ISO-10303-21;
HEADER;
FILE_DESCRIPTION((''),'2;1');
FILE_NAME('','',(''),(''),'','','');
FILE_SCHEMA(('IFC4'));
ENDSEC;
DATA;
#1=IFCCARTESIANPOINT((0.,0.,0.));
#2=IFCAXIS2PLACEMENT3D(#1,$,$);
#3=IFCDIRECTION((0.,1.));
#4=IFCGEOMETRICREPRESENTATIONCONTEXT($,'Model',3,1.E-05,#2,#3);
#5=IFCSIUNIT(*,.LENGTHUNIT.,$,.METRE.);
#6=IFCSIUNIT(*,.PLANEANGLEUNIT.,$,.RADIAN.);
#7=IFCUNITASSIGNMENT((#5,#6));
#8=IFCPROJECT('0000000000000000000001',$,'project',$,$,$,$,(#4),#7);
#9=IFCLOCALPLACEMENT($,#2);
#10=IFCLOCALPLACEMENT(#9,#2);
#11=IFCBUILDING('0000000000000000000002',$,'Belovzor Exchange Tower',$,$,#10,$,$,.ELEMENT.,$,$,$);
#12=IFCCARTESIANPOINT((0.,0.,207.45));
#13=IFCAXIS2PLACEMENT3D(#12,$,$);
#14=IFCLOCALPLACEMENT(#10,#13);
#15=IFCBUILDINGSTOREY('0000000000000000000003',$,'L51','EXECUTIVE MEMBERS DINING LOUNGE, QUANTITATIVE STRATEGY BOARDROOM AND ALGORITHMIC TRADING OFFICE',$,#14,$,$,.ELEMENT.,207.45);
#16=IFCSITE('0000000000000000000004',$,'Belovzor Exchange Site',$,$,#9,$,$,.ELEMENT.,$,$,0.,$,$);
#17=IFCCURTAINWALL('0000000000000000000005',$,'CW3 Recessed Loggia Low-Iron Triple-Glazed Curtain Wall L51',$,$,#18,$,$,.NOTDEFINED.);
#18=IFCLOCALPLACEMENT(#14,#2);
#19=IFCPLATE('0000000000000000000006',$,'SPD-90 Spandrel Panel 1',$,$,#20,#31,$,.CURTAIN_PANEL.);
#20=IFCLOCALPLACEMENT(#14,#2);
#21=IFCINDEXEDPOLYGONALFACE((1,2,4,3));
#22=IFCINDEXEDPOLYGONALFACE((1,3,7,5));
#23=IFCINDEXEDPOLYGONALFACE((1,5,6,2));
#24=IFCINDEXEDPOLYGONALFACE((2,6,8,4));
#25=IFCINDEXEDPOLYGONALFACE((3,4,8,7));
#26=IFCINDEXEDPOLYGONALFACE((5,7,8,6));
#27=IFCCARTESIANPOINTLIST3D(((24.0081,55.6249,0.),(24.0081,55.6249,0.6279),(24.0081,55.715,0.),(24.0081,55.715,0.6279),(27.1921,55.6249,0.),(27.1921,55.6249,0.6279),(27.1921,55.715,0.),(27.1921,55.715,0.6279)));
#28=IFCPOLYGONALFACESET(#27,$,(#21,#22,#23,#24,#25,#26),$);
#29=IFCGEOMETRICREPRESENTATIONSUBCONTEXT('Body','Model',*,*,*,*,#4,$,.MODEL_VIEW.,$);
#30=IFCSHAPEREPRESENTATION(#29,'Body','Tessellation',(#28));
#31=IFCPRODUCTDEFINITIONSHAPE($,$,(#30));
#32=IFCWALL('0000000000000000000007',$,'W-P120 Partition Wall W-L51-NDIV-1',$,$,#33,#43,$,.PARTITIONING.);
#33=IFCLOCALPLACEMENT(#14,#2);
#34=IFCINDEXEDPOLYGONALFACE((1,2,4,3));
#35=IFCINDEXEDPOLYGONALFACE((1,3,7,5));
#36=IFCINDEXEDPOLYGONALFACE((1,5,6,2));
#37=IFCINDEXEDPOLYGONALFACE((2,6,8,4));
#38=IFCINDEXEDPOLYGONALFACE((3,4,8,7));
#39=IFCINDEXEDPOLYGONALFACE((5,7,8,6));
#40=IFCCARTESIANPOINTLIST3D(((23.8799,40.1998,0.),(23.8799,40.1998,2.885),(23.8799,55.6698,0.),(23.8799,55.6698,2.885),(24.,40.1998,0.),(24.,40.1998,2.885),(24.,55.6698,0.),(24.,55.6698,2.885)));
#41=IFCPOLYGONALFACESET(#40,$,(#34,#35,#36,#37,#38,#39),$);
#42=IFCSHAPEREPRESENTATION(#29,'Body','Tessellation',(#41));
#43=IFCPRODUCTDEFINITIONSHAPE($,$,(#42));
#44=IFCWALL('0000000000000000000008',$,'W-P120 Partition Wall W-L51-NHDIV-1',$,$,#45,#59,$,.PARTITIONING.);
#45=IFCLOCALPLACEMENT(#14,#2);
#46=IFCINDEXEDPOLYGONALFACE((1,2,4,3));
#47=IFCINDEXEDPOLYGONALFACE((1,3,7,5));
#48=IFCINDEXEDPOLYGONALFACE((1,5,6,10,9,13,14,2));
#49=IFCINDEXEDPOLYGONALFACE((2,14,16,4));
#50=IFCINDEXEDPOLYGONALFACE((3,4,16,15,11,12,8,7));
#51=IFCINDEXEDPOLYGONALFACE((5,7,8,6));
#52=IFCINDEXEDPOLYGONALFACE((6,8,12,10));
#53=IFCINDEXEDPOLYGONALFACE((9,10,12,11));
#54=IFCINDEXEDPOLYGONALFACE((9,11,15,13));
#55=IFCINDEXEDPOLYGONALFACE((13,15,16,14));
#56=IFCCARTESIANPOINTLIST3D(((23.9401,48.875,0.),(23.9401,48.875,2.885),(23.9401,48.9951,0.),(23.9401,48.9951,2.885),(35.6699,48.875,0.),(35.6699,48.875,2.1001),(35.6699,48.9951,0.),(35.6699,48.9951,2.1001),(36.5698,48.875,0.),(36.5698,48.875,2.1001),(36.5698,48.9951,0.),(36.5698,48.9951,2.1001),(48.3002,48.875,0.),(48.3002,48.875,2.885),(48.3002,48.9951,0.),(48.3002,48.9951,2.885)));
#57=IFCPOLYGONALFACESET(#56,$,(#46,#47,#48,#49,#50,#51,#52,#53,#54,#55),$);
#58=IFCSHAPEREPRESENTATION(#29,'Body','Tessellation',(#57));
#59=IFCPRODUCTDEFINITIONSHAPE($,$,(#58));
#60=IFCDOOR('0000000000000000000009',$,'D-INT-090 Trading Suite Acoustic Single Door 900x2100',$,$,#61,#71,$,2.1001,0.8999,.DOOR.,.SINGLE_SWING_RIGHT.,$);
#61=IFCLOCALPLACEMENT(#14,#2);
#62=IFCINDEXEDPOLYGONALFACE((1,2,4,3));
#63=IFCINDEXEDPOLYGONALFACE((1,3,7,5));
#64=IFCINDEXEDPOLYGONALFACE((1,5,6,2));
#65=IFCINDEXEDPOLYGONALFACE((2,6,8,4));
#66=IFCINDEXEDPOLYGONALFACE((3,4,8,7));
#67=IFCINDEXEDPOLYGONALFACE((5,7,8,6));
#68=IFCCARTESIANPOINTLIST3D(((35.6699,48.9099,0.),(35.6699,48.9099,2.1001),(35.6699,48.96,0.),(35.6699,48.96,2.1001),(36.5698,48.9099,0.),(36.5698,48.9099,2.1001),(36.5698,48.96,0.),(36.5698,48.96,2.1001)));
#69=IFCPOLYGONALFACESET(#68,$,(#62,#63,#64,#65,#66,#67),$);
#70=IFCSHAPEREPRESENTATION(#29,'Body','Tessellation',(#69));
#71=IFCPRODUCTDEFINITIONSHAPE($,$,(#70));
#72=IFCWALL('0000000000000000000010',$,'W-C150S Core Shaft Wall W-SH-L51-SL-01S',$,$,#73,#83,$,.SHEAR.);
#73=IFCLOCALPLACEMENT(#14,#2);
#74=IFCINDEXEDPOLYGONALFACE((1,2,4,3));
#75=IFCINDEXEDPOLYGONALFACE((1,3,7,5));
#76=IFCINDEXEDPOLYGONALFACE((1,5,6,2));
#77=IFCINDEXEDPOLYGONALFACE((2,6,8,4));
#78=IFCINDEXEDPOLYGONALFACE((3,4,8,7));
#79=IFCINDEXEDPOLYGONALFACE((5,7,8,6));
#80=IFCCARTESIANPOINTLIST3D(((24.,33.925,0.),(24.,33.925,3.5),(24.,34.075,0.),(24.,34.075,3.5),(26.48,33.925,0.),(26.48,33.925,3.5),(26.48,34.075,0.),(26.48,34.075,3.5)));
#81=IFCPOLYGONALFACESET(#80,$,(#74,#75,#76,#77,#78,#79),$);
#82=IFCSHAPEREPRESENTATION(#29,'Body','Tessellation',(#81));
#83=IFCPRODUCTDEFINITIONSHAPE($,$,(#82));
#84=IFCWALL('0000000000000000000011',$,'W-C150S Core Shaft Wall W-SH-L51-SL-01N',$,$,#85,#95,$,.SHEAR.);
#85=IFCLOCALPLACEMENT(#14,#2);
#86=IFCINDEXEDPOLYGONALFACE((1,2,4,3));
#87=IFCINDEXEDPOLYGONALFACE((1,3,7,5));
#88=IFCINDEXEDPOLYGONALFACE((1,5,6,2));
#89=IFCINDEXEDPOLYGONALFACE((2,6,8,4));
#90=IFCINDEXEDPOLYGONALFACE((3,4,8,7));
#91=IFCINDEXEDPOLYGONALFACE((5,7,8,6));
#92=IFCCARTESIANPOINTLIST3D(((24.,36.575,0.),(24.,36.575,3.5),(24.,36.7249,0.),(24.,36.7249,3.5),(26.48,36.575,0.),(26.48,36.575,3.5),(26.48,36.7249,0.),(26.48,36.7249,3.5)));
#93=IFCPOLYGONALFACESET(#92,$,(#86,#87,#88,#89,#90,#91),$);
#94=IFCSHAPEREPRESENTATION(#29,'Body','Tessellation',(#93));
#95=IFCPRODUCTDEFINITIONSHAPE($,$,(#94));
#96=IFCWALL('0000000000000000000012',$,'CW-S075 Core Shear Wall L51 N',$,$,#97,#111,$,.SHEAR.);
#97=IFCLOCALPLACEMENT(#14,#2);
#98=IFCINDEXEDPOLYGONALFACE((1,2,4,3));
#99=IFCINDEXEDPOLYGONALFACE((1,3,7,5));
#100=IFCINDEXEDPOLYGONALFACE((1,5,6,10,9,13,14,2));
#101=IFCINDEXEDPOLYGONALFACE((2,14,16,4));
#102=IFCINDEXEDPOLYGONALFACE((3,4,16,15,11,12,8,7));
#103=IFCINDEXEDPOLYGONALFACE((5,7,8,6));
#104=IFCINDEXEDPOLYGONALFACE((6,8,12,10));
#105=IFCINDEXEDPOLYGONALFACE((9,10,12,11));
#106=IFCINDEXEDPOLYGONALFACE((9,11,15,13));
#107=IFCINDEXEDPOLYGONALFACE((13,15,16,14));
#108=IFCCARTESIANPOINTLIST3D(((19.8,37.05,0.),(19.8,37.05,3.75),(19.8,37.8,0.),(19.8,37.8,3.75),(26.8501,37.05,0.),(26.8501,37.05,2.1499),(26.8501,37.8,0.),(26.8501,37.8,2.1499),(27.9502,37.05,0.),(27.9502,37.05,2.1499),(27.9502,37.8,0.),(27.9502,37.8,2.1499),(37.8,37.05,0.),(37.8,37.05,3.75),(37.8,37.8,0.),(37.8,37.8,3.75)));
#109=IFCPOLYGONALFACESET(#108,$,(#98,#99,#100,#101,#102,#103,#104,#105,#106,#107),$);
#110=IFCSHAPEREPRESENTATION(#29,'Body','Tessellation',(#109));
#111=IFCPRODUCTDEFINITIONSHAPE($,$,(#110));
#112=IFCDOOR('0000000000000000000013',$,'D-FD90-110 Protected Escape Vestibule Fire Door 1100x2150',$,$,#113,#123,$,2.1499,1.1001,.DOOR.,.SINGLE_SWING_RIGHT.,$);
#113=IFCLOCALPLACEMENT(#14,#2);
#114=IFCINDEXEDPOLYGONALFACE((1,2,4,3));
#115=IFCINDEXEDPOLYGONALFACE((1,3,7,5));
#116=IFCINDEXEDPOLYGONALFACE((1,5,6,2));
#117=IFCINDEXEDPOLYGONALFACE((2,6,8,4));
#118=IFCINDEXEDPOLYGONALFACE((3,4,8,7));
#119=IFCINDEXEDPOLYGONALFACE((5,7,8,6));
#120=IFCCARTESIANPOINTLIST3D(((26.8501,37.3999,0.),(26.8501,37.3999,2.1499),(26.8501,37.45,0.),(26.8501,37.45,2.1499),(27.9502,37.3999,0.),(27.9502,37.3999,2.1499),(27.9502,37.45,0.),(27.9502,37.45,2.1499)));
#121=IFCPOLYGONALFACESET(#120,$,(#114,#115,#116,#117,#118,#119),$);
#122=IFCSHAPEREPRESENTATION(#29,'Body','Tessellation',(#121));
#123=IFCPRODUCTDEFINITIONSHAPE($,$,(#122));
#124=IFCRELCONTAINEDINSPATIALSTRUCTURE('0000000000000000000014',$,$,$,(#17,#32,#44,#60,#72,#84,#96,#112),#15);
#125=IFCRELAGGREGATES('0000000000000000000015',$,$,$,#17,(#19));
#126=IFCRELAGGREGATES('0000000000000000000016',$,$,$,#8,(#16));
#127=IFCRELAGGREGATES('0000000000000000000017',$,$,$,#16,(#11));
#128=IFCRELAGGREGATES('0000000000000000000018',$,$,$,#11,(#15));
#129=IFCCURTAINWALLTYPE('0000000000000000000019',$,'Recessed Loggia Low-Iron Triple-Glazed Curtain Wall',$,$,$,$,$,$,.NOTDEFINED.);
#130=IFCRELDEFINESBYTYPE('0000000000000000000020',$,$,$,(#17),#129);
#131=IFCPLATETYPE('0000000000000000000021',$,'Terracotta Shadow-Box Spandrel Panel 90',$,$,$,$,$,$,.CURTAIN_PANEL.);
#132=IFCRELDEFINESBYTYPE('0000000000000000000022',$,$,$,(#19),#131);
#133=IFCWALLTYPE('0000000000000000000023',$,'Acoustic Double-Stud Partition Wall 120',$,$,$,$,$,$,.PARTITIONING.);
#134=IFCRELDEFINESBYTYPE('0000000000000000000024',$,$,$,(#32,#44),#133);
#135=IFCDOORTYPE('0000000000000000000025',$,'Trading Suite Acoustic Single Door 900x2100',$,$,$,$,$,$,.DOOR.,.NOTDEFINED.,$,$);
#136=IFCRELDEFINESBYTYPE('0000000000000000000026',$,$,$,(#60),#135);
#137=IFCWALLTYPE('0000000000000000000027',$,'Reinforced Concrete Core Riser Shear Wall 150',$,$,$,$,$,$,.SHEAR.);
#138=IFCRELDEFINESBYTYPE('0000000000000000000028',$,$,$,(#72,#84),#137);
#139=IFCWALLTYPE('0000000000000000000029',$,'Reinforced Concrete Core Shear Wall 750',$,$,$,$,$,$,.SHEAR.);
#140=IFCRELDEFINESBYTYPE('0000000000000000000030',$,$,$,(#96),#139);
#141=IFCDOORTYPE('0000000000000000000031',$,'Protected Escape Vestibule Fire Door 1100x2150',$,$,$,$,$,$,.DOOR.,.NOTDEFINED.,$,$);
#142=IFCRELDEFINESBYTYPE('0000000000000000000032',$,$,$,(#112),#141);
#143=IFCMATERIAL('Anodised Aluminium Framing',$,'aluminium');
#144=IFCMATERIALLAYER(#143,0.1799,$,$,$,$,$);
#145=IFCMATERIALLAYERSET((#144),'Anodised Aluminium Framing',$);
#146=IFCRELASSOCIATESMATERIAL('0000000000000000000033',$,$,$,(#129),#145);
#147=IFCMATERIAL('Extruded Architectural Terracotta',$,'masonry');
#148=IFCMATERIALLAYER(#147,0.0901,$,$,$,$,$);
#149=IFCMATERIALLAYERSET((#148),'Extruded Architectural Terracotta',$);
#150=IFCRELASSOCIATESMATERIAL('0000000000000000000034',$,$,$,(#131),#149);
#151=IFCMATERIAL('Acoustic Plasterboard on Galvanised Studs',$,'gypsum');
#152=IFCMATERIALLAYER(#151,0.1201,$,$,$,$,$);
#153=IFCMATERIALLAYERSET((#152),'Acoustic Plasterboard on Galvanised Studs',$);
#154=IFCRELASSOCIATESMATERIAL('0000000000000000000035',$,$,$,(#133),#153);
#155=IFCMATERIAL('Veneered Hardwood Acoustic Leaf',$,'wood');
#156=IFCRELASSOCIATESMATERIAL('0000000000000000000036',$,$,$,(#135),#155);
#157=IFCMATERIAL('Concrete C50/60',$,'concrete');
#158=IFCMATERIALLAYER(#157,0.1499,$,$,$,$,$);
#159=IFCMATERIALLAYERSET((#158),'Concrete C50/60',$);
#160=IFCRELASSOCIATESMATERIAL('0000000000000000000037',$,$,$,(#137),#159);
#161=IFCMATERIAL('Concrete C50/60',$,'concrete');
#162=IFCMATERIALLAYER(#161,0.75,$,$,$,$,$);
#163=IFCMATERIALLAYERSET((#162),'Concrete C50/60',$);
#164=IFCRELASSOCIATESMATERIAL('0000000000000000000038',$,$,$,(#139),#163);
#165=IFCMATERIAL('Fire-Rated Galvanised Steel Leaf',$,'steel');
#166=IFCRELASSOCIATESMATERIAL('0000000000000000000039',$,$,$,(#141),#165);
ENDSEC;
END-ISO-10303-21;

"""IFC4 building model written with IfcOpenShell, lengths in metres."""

from ifc_helpers import new_model, si_unit, direction, frame, frame_2d, origin, origin_2d, place, context, subcontext, project, spatial, rectangle, extrude, material, layer, layer_set, type_object, element, fill, aggregate, save


model = new_model("IFC4")

# Units and contexts
model_context = context("Model", 3, precision=1e-05, world=origin(), true_north=direction((0.0, 1.0)))
body_context = subcontext(model_context, "Body", "Model", "MODEL_VIEW")
ifc_project = project(units=[si_unit("LENGTHUNIT", "METRE"), si_unit("PLANEANGLEUNIT", "RADIAN")], contexts=[model_context])

# Site, building, storey
site_placement = place(None, origin())
site = spatial("IfcSite", under=ifc_project, at=site_placement, Name="Belovzor Exchange Site", CompositionType="ELEMENT", RefElevation=0.0)
building_placement = place(site_placement, origin())
building = spatial("IfcBuilding", under=site, at=building_placement, Name="Belovzor Exchange Tower", CompositionType="ELEMENT")
storey_placement = place(building_placement, frame((0.0, 0.0, 207.45)))
storey = spatial("IfcBuildingStorey", under=building, at=storey_placement, Name="L51", Description="EXECUTIVE MEMBERS DINING LOUNGE, QUANTITATIVE STRATEGY BOARDROOM AND ALGORITHMIC TRADING OFFICE", CompositionType="ELEMENT", Elevation=207.45)

# Curtain wall
ifc_material_1 = material(Name="Anodised Aluminium Framing", Category="aluminium")
ifc_layer_1 = layer(ifc_material_1, 0.1799)
ifc_layer_set_1 = layer_set([ifc_layer_1], Name="Anodised Aluminium Framing")
curtain_wall_type = type_object("IfcCurtainWallType", Name="Recessed Loggia Low-Iron Triple-Glazed Curtain Wall", PredefinedType="NOTDEFINED", material=ifc_layer_set_1)
curtain_wall_placement = place(storey_placement, origin())
curtain_wall = element("IfcCurtainWall", 1, at=curtain_wall_placement, inside=storey, type_object=curtain_wall_type, Name="CW3 Recessed Loggia Low-Iron Triple-Glazed Curtain Wall L51", PredefinedType="NOTDEFINED")

# Plate
ifc_material_2 = material(Name="Extruded Architectural Terracotta", Category="masonry")
ifc_layer_2 = layer(ifc_material_2, 0.0901)
ifc_layer_set_2 = layer_set([ifc_layer_2], Name="Extruded Architectural Terracotta")
plate_type_1 = type_object("IfcPlateType", Name="Terracotta Shadow-Box Spandrel Panel 90", PredefinedType="CURTAIN_PANEL", material=ifc_layer_set_2)
plate_1_placement = place(storey_placement, frame((25.6001, 55.6699, 0.0), z_axis=(0.0, 0.0, 1.0), x_axis=(1.0, 0.0, 0.0)))
plate_1 = element("IfcPlate", 2, at=plate_1_placement, type_object=plate_type_1, Name="SPD-90 Spandrel Panel 1", PredefinedType="CURTAIN_PANEL", context=body_context, shape_type="SweptSolid", body=[
    extrude(rectangle(XDim=3.1841, YDim=0.0901, at=origin_2d()), origin(), (0.0, 0.0, 1.0), 0.6279),
])
aggregate(curtain_wall, [plate_1])

# Wall
ifc_material_3 = material(Name="Acoustic Plasterboard on Galvanised Studs", Category="gypsum")
ifc_layer_3 = layer(ifc_material_3, 0.1201)
ifc_layer_set_3 = layer_set([ifc_layer_3], Name="Acoustic Plasterboard on Galvanised Studs")
wall_type_1 = type_object("IfcWallType", Name="Acoustic Double-Stud Partition Wall 120", PredefinedType="PARTITIONING", material=ifc_layer_set_3)
wall_1_placement = place(storey_placement, frame((23.9399, 40.2, 0.0), z_axis=(0.0, 0.0, 1.0), x_axis=(0.0, 1.0, 0.0)))
element("IfcWall", 3, at=wall_1_placement, inside=storey, type_object=wall_type_1, Name="W-P120 Partition Wall W-L51-NDIV-1", PredefinedType="PARTITIONING", context=body_context, shape_type="SweptSolid", body=[
    extrude(rectangle(XDim=15.47, YDim=0.1201, at=frame_2d((7.7349, 0.0))), origin(), (0.0, 0.0, 1.0), 2.885),
])

# Wall, opening, door
wall_2_placement = place(storey_placement, frame((23.9399, 48.9351, 0.0), z_axis=(0.0, 0.0, 1.0), x_axis=(1.0, 0.0, 0.0)))
wall_2 = element("IfcWall", 4, at=wall_2_placement, inside=storey, type_object=wall_type_1, Name="W-P120 Partition Wall W-L51-NHDIV-1", PredefinedType="PARTITIONING", context=body_context, shape_type="SweptSolid", body=[
    extrude(rectangle(XDim=24.3601, YDim=0.1201, at=frame_2d((12.1802, 0.0))), origin(), (0.0, 0.0, 1.0), 2.885),
])
opening_1_placement = place(wall_2_placement, frame((11.73, 0.0, 0.0)))
opening_1 = element("IfcOpeningElement", 5, at=opening_1_placement, cuts=wall_2, PredefinedType="OPENING", context=body_context, shape_type="SweptSolid", body=[
    extrude(rectangle(XDim=0.8999, YDim=2.1001, at=frame_2d((0.45, 1.05))), frame((0.0, 0.0701, 0.0), z_axis=(0.0, -1.0, 0.0), x_axis=(1.0, 0.0, 0.0)), (0.0, 0.0, 1.0), 0.1401),
])
ifc_material_4 = material(Name="Veneered Hardwood Acoustic Leaf", Category="wood")
door_type_1 = type_object("IfcDoorType", Name="Trading Suite Acoustic Single Door 900x2100", OperationType="NOTDEFINED", PredefinedType="DOOR", material=ifc_material_4)
door_1_placement = place(opening_1_placement, origin())
door_1 = element("IfcDoor", 6, at=door_1_placement, inside=storey, type_object=door_type_1, Name="D-INT-090 Trading Suite Acoustic Single Door 900x2100", OperationType="SINGLE_SWING_RIGHT", OverallHeight=2.1001, OverallWidth=0.8999, PredefinedType="DOOR", context=body_context, shape_type="SweptSolid", body=[
    extrude(rectangle(XDim=0.8999, YDim=2.1001, at=frame_2d((0.45, 1.05))), frame((0.0, 0.0249, 0.0), z_axis=(0.0, -1.0, 0.0), x_axis=(1.0, 0.0, 0.0)), (0.0, 0.0, 1.0), 0.05),
])
fill(opening_1, door_1)

# Walls
ifc_material_5 = material(Name="Concrete C50/60", Category="concrete")
ifc_layer_4 = layer(ifc_material_5, 0.1499)
ifc_layer_set_4 = layer_set([ifc_layer_4], Name="Concrete C50/60")
wall_type_2 = type_object("IfcWallType", Name="Reinforced Concrete Core Riser Shear Wall 150", PredefinedType="SHEAR", material=ifc_layer_set_4)
for number, where, z_axis, x_axis, name in (
    (7, (24.0, 34.0, 0.0), (0.0, 0.0, 1.0), (1.0, 0.0, 0.0), "W-C150S Core Shaft Wall W-SH-L51-SL-01S"),
    (8, (24.0, 36.6499, 0.0), (0.0, 0.0, 1.0), (1.0, 0.0, 0.0), "W-C150S Core Shaft Wall W-SH-L51-SL-01N"),
):
    element("IfcWall", number, at=place(storey_placement, frame(where, z_axis=z_axis, x_axis=x_axis)), inside=storey, type_object=wall_type_2, Name=name, PredefinedType="SHEAR", context=body_context, shape_type="SweptSolid", body=[
        extrude(rectangle(XDim=2.48, YDim=0.1499, at=frame_2d((1.24, 0.0))), origin(), (0.0, 0.0, 1.0), 3.5),
    ])

# Wall, opening, door
ifc_material_6 = material(Name="Concrete C50/60", Category="concrete")
ifc_layer_5 = layer(ifc_material_6, 0.75)
ifc_layer_set_5 = layer_set([ifc_layer_5], Name="Concrete C50/60")
wall_type_3 = type_object("IfcWallType", Name="Reinforced Concrete Core Shear Wall 750", PredefinedType="SHEAR", material=ifc_layer_set_5)
wall_3_placement = place(storey_placement, frame((19.8, 37.425, 0.0), z_axis=(0.0, 0.0, 1.0), x_axis=(1.0, 0.0, 0.0)))
wall_3 = element("IfcWall", 9, at=wall_3_placement, inside=storey, type_object=wall_type_3, Name="CW-S075 Core Shear Wall L51 N", PredefinedType="SHEAR", context=body_context, shape_type="SweptSolid", body=[
    extrude(rectangle(XDim=18.0, YDim=0.75, at=frame_2d((9.0, 0.0))), origin(), (0.0, 0.0, 1.0), 3.75),
])
opening_2_placement = place(wall_3_placement, frame((7.05, 0.0, 0.0)))
opening_2 = element("IfcOpeningElement", 10, at=opening_2_placement, cuts=wall_3, PredefinedType="OPENING", context=body_context, shape_type="SweptSolid", body=[
    extrude(rectangle(XDim=1.1001, YDim=2.1499, at=frame_2d((0.55, 1.075))), frame((0.0, 0.385, 0.0), z_axis=(0.0, -1.0, 0.0), x_axis=(1.0, 0.0, 0.0)), (0.0, 0.0, 1.0), 0.77),
])
ifc_material_7 = material(Name="Fire-Rated Galvanised Steel Leaf", Category="steel")
door_type_2 = type_object("IfcDoorType", Name="Protected Escape Vestibule Fire Door 1100x2150", OperationType="NOTDEFINED", PredefinedType="DOOR", material=ifc_material_7)
door_2_placement = place(opening_2_placement, origin())
door_2 = element("IfcDoor", 11, at=door_2_placement, inside=storey, type_object=door_type_2, Name="D-FD90-110 Protected Escape Vestibule Fire Door 1100x2150", OperationType="SINGLE_SWING_RIGHT", OverallHeight=2.1499, OverallWidth=1.1001, PredefinedType="DOOR", context=body_context, shape_type="SweptSolid", body=[
    extrude(rectangle(XDim=1.1001, YDim=2.1499, at=frame_2d((0.55, 1.075))), frame((0.0, 0.0249, 0.0), z_axis=(0.0, -1.0, 0.0), x_axis=(1.0, 0.0, 0.0)), (0.0, 0.0, 1.0), 0.05),
])
fill(opening_2, door_2)

save(model, "model.ifc")
